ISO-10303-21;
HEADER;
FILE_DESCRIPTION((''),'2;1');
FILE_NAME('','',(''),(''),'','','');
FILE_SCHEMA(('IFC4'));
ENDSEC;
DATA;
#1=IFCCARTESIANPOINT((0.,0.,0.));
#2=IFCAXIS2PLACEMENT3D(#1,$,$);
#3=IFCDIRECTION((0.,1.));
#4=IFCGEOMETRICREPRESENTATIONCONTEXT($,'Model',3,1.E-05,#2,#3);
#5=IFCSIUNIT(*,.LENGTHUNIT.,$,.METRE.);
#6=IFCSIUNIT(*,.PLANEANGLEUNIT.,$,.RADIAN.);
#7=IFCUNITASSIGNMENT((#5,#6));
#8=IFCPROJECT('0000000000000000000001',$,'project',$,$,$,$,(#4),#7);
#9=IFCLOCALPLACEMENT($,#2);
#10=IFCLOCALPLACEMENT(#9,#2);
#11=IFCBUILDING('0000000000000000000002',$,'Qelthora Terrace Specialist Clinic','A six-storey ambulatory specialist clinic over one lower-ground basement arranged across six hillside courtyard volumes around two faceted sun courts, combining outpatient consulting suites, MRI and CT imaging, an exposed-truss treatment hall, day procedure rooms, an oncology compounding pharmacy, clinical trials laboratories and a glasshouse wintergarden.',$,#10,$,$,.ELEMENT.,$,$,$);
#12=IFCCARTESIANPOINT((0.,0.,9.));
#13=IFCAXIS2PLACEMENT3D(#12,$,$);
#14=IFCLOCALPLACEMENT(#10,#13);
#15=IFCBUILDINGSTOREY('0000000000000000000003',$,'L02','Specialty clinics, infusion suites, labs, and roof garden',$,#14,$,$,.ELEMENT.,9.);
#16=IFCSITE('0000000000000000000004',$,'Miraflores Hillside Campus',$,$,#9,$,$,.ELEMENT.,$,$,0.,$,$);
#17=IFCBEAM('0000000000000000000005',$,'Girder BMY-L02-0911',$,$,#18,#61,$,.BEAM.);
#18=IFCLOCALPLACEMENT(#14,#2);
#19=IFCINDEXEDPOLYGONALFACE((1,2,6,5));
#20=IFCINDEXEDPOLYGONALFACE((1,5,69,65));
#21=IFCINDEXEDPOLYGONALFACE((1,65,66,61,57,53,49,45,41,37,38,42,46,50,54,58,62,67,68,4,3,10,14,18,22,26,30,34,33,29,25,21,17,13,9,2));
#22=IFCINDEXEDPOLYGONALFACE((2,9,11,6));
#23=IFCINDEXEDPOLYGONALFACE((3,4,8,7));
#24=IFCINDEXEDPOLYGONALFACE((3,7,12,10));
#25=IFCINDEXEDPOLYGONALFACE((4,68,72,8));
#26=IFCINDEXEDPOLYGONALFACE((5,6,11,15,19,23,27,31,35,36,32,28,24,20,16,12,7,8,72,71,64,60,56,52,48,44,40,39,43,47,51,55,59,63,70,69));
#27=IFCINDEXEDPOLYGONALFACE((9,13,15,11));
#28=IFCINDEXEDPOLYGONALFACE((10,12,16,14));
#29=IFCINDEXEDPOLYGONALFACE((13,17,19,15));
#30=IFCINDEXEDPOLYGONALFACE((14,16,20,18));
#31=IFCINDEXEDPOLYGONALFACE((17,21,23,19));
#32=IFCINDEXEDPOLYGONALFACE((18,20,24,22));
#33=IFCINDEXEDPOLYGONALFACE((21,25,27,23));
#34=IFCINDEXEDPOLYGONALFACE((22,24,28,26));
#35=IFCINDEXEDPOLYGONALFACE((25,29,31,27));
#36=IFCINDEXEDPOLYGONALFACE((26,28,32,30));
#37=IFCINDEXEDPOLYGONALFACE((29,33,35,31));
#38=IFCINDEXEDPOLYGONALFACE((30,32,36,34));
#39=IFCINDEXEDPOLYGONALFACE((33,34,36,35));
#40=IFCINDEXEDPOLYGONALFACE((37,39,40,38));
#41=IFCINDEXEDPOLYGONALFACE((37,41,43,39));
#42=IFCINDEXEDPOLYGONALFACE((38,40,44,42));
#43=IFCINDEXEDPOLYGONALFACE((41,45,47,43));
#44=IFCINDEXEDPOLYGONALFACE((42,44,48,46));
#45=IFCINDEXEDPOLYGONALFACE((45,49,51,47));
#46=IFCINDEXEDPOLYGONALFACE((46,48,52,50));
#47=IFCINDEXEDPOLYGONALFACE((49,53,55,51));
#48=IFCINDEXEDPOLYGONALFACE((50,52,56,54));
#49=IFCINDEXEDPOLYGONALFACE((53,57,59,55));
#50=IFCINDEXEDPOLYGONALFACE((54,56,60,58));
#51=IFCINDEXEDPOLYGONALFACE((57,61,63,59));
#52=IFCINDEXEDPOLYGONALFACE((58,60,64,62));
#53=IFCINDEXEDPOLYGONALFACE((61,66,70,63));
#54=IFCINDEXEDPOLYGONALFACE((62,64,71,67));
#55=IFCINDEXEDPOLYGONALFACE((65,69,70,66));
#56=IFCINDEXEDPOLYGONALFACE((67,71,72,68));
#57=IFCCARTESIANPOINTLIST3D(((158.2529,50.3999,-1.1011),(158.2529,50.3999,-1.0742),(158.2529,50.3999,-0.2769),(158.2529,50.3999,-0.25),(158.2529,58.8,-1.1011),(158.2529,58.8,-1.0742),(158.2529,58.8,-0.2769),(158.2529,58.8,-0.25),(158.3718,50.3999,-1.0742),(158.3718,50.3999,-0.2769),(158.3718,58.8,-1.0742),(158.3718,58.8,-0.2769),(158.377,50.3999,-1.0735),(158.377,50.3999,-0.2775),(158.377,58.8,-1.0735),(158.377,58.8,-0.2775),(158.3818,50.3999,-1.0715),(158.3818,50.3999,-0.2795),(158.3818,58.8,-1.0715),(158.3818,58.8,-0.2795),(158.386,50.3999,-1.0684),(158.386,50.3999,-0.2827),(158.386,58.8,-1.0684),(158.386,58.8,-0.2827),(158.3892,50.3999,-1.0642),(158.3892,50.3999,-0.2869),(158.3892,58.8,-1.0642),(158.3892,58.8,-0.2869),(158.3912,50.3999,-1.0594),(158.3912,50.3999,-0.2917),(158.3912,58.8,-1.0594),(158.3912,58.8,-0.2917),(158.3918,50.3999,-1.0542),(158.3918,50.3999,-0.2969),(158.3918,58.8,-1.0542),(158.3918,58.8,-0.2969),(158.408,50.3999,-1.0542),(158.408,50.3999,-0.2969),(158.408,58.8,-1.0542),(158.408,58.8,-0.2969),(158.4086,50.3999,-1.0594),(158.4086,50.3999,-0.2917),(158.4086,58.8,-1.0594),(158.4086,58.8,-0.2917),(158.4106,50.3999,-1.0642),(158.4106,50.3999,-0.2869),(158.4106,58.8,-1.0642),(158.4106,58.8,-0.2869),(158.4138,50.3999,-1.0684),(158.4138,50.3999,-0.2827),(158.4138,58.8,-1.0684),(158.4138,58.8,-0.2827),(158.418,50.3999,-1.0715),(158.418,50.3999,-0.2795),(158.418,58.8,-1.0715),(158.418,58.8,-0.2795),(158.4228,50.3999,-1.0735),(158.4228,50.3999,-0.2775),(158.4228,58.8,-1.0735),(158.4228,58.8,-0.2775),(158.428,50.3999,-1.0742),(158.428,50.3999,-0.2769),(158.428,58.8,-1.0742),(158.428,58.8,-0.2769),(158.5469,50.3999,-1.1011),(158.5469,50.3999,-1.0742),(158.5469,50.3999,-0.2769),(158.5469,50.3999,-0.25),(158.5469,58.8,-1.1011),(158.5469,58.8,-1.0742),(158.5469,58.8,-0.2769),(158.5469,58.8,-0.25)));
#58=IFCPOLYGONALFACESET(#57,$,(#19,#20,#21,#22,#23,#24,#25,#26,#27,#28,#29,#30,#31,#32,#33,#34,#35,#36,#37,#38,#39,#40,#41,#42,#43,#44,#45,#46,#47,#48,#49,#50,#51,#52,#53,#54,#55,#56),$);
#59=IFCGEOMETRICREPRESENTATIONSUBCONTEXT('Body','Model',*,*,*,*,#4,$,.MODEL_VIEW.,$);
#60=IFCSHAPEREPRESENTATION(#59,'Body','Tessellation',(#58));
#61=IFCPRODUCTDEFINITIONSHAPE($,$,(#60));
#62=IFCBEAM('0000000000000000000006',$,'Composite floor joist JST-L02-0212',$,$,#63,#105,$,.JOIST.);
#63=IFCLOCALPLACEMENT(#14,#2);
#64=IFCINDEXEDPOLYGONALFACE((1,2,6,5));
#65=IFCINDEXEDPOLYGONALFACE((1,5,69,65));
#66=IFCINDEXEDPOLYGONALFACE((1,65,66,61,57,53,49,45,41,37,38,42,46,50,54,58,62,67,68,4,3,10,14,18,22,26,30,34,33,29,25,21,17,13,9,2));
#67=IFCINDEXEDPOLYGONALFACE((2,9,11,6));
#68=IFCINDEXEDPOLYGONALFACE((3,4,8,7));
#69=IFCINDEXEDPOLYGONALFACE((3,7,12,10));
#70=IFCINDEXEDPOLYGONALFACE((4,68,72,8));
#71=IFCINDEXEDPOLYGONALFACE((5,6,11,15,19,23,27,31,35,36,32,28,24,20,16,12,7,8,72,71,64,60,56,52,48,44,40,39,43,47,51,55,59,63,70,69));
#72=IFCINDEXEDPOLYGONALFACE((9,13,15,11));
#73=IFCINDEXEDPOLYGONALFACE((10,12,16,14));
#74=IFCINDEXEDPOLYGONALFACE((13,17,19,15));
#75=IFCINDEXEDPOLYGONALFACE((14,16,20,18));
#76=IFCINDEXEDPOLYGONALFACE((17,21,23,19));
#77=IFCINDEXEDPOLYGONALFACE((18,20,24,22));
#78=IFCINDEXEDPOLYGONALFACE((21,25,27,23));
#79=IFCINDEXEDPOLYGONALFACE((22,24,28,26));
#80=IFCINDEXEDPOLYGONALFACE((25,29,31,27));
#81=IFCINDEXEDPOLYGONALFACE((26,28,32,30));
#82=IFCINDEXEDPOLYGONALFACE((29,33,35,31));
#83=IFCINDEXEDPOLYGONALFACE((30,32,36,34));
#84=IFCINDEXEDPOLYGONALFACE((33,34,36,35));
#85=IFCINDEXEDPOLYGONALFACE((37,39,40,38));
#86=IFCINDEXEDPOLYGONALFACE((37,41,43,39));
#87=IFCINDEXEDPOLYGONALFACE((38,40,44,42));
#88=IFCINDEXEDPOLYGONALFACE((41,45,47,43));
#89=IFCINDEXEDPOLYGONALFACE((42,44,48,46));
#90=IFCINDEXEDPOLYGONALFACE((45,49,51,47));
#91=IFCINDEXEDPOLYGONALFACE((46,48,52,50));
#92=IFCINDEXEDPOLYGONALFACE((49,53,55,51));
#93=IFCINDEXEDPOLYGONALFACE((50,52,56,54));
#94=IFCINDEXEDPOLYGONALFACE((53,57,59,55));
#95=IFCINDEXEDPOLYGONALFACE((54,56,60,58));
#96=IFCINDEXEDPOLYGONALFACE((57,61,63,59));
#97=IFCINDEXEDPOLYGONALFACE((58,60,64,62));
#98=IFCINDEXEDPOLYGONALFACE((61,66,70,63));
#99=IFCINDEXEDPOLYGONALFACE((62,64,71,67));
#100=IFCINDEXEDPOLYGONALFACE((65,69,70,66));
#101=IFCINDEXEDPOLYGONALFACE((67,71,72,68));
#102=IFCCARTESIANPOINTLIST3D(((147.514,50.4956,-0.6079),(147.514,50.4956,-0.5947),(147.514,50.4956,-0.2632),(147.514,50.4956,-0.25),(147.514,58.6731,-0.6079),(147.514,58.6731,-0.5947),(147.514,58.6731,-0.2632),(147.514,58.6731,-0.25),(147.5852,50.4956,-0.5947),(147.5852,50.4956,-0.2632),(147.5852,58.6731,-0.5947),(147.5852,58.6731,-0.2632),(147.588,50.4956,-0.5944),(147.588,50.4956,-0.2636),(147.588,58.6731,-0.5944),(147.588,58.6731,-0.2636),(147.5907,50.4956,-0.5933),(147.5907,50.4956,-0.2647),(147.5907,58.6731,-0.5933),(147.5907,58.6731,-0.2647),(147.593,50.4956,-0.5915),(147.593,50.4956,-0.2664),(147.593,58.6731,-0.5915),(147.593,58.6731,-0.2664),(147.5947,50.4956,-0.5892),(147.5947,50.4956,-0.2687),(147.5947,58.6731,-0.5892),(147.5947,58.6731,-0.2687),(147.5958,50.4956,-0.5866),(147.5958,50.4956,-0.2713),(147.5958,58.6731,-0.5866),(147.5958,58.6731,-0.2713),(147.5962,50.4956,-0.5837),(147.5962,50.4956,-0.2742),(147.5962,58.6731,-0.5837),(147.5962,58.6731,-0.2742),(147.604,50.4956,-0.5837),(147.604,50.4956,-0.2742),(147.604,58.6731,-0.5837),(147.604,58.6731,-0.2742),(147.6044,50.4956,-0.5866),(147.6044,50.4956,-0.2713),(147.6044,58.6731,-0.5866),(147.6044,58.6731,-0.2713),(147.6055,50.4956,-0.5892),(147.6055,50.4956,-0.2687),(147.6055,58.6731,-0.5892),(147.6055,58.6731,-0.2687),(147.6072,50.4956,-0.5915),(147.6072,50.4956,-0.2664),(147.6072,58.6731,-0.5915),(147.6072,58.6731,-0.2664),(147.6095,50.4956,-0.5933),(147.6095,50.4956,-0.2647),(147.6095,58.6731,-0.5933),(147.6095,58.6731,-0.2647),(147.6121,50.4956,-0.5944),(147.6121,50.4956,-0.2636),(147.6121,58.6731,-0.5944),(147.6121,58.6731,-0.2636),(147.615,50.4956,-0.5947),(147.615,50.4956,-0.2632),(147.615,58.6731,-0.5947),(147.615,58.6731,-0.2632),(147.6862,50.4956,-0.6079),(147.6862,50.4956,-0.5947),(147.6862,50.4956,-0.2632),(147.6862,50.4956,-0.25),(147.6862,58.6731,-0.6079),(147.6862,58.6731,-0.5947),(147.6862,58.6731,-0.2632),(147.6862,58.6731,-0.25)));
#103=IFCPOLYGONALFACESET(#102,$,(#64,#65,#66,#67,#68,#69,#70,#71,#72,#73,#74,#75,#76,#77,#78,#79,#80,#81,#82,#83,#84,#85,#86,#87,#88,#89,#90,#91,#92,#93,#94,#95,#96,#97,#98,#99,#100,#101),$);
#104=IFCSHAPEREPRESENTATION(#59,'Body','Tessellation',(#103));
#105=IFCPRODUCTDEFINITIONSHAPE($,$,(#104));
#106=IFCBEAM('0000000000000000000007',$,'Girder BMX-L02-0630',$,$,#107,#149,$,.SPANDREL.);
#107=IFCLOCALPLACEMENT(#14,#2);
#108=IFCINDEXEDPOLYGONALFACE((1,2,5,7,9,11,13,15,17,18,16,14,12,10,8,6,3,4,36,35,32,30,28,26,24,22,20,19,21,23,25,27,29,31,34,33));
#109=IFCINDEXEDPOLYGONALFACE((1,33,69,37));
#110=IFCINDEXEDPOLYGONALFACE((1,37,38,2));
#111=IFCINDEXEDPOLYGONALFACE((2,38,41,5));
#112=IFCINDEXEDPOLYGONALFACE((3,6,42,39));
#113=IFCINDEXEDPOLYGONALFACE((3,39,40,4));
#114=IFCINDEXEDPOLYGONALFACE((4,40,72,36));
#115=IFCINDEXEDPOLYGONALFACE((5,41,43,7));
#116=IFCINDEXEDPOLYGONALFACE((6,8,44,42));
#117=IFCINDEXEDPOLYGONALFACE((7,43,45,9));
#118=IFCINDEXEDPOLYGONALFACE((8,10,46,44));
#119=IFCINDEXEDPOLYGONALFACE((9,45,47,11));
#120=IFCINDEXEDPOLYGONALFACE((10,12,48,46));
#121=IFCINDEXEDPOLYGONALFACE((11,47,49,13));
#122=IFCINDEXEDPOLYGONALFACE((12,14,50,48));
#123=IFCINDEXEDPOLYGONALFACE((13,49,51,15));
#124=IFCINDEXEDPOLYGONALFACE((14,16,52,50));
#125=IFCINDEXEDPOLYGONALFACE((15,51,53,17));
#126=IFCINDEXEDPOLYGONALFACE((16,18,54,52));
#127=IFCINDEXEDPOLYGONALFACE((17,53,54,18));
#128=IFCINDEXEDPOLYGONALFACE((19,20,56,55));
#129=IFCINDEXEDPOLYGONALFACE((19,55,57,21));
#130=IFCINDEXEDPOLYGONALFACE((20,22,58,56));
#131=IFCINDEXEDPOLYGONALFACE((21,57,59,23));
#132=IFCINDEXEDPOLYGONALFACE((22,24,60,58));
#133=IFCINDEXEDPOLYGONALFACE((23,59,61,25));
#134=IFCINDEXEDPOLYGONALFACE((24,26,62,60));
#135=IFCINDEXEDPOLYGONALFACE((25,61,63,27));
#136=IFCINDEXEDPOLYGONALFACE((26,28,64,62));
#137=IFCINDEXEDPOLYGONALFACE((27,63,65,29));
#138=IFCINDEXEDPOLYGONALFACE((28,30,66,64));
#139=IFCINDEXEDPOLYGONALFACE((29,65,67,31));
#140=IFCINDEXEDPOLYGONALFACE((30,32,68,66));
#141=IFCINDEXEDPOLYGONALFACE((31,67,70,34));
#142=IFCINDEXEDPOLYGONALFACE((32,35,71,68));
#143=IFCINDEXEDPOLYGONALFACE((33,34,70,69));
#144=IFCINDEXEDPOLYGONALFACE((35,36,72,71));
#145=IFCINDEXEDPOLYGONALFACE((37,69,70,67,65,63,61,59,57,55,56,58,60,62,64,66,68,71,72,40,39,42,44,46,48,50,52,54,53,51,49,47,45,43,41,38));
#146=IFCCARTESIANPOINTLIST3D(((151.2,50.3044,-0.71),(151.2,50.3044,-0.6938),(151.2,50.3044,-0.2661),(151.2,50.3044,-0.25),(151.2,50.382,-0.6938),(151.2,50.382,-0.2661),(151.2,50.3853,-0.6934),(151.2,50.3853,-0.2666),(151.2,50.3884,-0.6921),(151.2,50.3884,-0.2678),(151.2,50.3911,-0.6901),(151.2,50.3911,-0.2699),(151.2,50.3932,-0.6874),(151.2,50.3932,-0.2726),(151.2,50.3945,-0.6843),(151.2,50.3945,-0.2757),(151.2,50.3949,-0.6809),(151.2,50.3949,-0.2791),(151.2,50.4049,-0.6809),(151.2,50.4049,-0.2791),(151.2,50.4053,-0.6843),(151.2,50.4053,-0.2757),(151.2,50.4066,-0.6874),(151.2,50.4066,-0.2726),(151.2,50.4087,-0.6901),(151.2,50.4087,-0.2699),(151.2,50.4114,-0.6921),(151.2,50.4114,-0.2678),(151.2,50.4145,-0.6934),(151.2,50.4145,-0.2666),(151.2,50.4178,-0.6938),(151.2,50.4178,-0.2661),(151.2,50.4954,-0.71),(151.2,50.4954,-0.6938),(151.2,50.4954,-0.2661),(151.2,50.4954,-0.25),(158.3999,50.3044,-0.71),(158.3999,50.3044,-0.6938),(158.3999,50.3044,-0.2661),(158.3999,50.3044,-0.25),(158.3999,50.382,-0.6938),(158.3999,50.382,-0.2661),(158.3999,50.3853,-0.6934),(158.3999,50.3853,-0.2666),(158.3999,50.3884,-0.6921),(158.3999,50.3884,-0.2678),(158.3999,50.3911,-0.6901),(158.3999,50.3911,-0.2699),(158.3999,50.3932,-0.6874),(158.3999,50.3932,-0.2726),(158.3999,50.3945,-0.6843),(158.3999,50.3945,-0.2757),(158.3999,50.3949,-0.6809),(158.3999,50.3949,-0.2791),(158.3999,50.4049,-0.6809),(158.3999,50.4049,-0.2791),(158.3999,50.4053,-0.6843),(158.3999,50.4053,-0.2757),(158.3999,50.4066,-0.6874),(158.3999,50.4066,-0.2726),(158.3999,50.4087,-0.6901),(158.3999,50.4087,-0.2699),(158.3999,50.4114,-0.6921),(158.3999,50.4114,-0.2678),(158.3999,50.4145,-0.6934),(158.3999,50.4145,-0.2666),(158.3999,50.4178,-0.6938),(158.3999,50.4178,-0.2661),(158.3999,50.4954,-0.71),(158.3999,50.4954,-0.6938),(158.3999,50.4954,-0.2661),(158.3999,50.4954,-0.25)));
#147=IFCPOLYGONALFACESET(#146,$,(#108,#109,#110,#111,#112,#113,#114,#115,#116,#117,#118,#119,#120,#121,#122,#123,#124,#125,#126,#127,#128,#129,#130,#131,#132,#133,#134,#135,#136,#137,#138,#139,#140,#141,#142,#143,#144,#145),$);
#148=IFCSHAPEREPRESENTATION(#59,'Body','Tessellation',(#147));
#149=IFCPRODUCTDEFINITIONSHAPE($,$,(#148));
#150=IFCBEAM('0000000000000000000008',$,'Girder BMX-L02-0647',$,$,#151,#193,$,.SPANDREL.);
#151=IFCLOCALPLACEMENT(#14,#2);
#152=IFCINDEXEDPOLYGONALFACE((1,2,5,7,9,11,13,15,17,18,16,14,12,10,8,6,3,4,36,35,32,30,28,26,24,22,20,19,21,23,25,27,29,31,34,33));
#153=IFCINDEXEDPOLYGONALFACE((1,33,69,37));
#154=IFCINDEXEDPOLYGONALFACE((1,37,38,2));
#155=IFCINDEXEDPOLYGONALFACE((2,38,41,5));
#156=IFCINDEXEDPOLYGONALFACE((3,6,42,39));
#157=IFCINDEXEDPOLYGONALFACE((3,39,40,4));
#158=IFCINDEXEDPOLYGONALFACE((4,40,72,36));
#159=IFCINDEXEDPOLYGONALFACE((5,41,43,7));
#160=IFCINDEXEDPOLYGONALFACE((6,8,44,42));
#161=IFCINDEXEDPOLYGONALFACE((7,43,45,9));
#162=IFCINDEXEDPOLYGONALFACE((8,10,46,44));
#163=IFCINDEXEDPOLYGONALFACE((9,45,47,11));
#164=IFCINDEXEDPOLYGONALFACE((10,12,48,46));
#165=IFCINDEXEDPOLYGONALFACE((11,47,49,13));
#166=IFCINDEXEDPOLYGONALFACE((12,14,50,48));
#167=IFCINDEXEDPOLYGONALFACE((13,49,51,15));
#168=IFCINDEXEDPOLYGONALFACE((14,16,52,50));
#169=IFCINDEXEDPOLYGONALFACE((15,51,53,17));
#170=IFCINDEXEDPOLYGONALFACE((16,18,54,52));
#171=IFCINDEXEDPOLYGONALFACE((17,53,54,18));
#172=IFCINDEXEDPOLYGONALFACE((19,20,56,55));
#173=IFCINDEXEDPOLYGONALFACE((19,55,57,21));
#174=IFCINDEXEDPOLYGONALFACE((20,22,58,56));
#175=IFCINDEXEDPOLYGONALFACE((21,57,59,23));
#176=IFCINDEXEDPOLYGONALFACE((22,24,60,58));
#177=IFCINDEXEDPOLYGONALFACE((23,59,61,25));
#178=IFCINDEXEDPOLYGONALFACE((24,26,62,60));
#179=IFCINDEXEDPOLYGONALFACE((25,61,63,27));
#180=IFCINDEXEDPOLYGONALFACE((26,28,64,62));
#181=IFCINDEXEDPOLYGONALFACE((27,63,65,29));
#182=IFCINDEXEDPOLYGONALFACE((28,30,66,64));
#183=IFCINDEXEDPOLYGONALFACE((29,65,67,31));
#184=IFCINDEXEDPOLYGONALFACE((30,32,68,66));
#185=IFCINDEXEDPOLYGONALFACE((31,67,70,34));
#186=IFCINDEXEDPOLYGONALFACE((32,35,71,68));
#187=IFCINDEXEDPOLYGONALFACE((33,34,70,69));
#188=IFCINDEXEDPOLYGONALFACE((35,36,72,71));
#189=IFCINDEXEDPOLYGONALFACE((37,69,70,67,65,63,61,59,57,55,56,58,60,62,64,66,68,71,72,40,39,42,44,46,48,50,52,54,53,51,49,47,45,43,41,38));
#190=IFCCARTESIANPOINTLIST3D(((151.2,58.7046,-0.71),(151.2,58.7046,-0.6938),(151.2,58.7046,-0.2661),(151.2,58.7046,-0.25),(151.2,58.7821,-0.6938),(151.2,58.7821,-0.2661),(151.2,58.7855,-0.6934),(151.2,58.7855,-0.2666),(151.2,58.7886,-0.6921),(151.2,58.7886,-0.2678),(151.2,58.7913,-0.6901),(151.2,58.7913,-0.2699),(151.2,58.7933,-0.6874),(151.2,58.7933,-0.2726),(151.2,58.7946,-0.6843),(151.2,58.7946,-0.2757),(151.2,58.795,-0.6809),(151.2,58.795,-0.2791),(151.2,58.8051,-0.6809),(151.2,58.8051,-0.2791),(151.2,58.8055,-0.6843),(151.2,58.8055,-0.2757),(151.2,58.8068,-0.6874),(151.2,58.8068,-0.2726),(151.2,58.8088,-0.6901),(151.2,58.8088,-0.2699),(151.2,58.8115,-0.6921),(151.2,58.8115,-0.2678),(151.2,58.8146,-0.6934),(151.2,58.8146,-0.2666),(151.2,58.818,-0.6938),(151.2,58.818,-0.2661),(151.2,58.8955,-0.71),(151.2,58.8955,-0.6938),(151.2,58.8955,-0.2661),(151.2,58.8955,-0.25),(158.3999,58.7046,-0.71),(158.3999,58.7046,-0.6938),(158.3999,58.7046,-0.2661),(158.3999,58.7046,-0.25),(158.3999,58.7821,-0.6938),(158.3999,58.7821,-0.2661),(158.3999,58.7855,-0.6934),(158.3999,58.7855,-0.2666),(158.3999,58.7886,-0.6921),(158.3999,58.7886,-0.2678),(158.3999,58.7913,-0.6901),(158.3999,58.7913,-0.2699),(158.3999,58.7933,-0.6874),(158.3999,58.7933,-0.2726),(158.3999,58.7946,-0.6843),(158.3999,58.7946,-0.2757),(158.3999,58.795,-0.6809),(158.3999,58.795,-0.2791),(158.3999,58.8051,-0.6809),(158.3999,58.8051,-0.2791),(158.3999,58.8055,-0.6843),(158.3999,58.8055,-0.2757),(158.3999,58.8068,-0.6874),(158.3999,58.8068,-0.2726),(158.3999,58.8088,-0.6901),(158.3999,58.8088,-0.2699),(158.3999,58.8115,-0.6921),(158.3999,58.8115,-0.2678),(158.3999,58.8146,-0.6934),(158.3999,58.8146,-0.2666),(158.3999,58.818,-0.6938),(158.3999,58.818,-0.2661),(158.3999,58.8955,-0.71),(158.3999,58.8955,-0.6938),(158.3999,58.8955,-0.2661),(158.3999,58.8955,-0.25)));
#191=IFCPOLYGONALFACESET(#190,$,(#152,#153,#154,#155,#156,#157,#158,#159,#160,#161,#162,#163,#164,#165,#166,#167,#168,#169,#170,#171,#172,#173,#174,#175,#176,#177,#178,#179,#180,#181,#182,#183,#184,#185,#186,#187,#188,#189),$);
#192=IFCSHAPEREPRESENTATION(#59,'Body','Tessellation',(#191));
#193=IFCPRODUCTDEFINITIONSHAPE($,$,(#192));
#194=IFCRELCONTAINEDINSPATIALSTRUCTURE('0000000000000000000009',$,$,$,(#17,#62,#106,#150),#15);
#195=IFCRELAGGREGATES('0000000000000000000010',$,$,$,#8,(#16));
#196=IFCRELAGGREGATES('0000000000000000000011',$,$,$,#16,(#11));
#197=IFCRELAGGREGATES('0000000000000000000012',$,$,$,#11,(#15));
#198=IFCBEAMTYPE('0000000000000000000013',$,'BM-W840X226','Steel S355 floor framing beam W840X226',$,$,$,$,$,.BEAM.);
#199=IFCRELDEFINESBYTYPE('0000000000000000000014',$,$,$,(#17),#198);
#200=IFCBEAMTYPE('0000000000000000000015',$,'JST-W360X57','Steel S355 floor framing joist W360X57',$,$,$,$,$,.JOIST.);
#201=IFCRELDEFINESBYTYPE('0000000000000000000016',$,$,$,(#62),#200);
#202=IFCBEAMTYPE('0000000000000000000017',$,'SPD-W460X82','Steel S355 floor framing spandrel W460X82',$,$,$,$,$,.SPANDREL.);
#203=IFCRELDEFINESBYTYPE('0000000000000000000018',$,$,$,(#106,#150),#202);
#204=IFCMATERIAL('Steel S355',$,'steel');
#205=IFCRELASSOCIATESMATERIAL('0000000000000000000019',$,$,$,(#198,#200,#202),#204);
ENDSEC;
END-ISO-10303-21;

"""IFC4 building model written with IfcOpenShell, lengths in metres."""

from ifc_helpers import new_model, si_unit, direction, frame, origin, origin_2d, place, context, subcontext, project, spatial, i_section, extrude, material, material_profile, profile_set, type_object, element, save


model = new_model("IFC4")

# Units and contexts
model_context = context("Model", 3, precision=1e-05, world=origin(), true_north=direction((0.0, 1.0)))
body_context = subcontext(model_context, "Body", "Model", "MODEL_VIEW")
ifc_project = project(units=[si_unit("LENGTHUNIT", "METRE"), si_unit("PLANEANGLEUNIT", "RADIAN")], contexts=[model_context])

# Site, building, storey
site_placement = place(None, origin())
site = spatial("IfcSite", under=ifc_project, at=site_placement, Name="Miraflores Hillside Campus", CompositionType="ELEMENT", RefElevation=0.0)
building_placement = place(site_placement, origin())
building = spatial("IfcBuilding", under=site, at=building_placement, Name="Qelthora Terrace Specialist Clinic", Description="A six-storey ambulatory specialist clinic over one lower-ground basement arranged across six hillside courtyard volumes around two faceted sun courts, combining outpatient consulting suites, MRI and CT imaging, an exposed-truss treatment hall, day procedure rooms, an oncology compounding pharmacy, clinical trials laboratories and a glasshouse wintergarden.", CompositionType="ELEMENT")
storey_placement = place(building_placement, frame((0.0, 0.0, 9.0)))
storey = spatial("IfcBuildingStorey", under=building, at=storey_placement, Name="L02", Description="Specialty clinics, infusion suites, labs, and roof garden", CompositionType="ELEMENT", Elevation=9.0)

# Shared definitions
ifc_material_1 = material(Name="Steel S355", Category="steel")

# Beams
ifc_material_profile_1 = material_profile(ifc_material_1, i_section(OverallWidth=0.2939, OverallDepth=0.8511, WebThickness=0.0161, FlangeThickness=0.0269, FilletRadius=0.02, at=origin_2d()), Name="W840X226")
ifc_profile_set_1 = profile_set([ifc_material_profile_1], Name="Steel S355")
beam_type_1 = type_object("IfcBeamType", Name="BM-W840X226", Description="Steel S355 floor framing beam W840X226", PredefinedType="BEAM", material=ifc_profile_set_1)
beam_1_placement = place(storey_placement, frame((158.3999, 50.3999, -0.6755), z_axis=(0.0, 1.0, 0.0), x_axis=(-1.0, 0.0, 0.0)))
element("IfcBeam", 1, at=beam_1_placement, inside=storey, type_object=beam_type_1, Name="Girder BMY-L02-0911", PredefinedType="BEAM", context=body_context, shape_type="SweptSolid", body=[
    extrude(i_section(OverallWidth=0.2939, OverallDepth=0.8511, WebThickness=0.0161, FlangeThickness=0.0269, FilletRadius=0.02, at=origin_2d()), origin(), (0.0, 0.0, 1.0), 8.4001),
])
ifc_material_profile_2 = material_profile(ifc_material_1, i_section(OverallWidth=0.1721, OverallDepth=0.3579, WebThickness=0.0078, FlangeThickness=0.0132, FilletRadius=0.011, at=origin_2d()), Name="W360X57")
ifc_profile_set_2 = profile_set([ifc_material_profile_2], Name="Steel S355")
beam_type_2 = type_object("IfcBeamType", Name="JST-W360X57", Description="Steel S355 floor framing joist W360X57", PredefinedType="JOIST", material=ifc_profile_set_2)
beam_2_placement = place(storey_placement, frame((147.6001, 50.4956, -0.429), z_axis=(0.0, 1.0, 0.0), x_axis=(-1.0, 0.0, 0.0)))
element("IfcBeam", 2, at=beam_2_placement, inside=storey, type_object=beam_type_2, Name="Composite floor joist JST-L02-0212", PredefinedType="JOIST", context=body_context, shape_type="SweptSolid", body=[
    extrude(i_section(OverallWidth=0.1721, OverallDepth=0.3579, WebThickness=0.0078, FlangeThickness=0.0132, FilletRadius=0.011, at=origin_2d()), origin(), (0.0, 0.0, 1.0), 8.1775),
])
ifc_material_profile_3 = material_profile(ifc_material_1, i_section(OverallWidth=0.1909, OverallDepth=0.46, WebThickness=0.01, FlangeThickness=0.0161, FilletRadius=0.0129, at=origin_2d()), Name="W460X82")
ifc_profile_set_3 = profile_set([ifc_material_profile_3], Name="Steel S355")
beam_type_3 = type_object("IfcBeamType", Name="SPD-W460X82", Description="Steel S355 floor framing spandrel W460X82", PredefinedType="SPANDREL", material=ifc_profile_set_3)
for number, where, z_axis, x_axis, name in (
    (3, (151.2, 50.3999, -0.48), (1.0, 0.0, 0.0), (0.0, 1.0, 0.0), "Girder BMX-L02-0630"),
    (4, (151.2, 58.8, -0.48), (1.0, 0.0, 0.0), (0.0, 1.0, 0.0), "Girder BMX-L02-0647"),
):
    element("IfcBeam", number, at=place(storey_placement, frame(where, z_axis=z_axis, x_axis=x_axis)), inside=storey, type_object=beam_type_3, Name=name, PredefinedType="SPANDREL", context=body_context, shape_type="SweptSolid", body=[
        extrude(i_section(OverallWidth=0.1909, OverallDepth=0.46, WebThickness=0.01, FlangeThickness=0.0161, FilletRadius=0.0129, at=origin_2d()), origin(), (0.0, 0.0, 1.0), 7.2),
    ])

save(model, "model.ifc")
